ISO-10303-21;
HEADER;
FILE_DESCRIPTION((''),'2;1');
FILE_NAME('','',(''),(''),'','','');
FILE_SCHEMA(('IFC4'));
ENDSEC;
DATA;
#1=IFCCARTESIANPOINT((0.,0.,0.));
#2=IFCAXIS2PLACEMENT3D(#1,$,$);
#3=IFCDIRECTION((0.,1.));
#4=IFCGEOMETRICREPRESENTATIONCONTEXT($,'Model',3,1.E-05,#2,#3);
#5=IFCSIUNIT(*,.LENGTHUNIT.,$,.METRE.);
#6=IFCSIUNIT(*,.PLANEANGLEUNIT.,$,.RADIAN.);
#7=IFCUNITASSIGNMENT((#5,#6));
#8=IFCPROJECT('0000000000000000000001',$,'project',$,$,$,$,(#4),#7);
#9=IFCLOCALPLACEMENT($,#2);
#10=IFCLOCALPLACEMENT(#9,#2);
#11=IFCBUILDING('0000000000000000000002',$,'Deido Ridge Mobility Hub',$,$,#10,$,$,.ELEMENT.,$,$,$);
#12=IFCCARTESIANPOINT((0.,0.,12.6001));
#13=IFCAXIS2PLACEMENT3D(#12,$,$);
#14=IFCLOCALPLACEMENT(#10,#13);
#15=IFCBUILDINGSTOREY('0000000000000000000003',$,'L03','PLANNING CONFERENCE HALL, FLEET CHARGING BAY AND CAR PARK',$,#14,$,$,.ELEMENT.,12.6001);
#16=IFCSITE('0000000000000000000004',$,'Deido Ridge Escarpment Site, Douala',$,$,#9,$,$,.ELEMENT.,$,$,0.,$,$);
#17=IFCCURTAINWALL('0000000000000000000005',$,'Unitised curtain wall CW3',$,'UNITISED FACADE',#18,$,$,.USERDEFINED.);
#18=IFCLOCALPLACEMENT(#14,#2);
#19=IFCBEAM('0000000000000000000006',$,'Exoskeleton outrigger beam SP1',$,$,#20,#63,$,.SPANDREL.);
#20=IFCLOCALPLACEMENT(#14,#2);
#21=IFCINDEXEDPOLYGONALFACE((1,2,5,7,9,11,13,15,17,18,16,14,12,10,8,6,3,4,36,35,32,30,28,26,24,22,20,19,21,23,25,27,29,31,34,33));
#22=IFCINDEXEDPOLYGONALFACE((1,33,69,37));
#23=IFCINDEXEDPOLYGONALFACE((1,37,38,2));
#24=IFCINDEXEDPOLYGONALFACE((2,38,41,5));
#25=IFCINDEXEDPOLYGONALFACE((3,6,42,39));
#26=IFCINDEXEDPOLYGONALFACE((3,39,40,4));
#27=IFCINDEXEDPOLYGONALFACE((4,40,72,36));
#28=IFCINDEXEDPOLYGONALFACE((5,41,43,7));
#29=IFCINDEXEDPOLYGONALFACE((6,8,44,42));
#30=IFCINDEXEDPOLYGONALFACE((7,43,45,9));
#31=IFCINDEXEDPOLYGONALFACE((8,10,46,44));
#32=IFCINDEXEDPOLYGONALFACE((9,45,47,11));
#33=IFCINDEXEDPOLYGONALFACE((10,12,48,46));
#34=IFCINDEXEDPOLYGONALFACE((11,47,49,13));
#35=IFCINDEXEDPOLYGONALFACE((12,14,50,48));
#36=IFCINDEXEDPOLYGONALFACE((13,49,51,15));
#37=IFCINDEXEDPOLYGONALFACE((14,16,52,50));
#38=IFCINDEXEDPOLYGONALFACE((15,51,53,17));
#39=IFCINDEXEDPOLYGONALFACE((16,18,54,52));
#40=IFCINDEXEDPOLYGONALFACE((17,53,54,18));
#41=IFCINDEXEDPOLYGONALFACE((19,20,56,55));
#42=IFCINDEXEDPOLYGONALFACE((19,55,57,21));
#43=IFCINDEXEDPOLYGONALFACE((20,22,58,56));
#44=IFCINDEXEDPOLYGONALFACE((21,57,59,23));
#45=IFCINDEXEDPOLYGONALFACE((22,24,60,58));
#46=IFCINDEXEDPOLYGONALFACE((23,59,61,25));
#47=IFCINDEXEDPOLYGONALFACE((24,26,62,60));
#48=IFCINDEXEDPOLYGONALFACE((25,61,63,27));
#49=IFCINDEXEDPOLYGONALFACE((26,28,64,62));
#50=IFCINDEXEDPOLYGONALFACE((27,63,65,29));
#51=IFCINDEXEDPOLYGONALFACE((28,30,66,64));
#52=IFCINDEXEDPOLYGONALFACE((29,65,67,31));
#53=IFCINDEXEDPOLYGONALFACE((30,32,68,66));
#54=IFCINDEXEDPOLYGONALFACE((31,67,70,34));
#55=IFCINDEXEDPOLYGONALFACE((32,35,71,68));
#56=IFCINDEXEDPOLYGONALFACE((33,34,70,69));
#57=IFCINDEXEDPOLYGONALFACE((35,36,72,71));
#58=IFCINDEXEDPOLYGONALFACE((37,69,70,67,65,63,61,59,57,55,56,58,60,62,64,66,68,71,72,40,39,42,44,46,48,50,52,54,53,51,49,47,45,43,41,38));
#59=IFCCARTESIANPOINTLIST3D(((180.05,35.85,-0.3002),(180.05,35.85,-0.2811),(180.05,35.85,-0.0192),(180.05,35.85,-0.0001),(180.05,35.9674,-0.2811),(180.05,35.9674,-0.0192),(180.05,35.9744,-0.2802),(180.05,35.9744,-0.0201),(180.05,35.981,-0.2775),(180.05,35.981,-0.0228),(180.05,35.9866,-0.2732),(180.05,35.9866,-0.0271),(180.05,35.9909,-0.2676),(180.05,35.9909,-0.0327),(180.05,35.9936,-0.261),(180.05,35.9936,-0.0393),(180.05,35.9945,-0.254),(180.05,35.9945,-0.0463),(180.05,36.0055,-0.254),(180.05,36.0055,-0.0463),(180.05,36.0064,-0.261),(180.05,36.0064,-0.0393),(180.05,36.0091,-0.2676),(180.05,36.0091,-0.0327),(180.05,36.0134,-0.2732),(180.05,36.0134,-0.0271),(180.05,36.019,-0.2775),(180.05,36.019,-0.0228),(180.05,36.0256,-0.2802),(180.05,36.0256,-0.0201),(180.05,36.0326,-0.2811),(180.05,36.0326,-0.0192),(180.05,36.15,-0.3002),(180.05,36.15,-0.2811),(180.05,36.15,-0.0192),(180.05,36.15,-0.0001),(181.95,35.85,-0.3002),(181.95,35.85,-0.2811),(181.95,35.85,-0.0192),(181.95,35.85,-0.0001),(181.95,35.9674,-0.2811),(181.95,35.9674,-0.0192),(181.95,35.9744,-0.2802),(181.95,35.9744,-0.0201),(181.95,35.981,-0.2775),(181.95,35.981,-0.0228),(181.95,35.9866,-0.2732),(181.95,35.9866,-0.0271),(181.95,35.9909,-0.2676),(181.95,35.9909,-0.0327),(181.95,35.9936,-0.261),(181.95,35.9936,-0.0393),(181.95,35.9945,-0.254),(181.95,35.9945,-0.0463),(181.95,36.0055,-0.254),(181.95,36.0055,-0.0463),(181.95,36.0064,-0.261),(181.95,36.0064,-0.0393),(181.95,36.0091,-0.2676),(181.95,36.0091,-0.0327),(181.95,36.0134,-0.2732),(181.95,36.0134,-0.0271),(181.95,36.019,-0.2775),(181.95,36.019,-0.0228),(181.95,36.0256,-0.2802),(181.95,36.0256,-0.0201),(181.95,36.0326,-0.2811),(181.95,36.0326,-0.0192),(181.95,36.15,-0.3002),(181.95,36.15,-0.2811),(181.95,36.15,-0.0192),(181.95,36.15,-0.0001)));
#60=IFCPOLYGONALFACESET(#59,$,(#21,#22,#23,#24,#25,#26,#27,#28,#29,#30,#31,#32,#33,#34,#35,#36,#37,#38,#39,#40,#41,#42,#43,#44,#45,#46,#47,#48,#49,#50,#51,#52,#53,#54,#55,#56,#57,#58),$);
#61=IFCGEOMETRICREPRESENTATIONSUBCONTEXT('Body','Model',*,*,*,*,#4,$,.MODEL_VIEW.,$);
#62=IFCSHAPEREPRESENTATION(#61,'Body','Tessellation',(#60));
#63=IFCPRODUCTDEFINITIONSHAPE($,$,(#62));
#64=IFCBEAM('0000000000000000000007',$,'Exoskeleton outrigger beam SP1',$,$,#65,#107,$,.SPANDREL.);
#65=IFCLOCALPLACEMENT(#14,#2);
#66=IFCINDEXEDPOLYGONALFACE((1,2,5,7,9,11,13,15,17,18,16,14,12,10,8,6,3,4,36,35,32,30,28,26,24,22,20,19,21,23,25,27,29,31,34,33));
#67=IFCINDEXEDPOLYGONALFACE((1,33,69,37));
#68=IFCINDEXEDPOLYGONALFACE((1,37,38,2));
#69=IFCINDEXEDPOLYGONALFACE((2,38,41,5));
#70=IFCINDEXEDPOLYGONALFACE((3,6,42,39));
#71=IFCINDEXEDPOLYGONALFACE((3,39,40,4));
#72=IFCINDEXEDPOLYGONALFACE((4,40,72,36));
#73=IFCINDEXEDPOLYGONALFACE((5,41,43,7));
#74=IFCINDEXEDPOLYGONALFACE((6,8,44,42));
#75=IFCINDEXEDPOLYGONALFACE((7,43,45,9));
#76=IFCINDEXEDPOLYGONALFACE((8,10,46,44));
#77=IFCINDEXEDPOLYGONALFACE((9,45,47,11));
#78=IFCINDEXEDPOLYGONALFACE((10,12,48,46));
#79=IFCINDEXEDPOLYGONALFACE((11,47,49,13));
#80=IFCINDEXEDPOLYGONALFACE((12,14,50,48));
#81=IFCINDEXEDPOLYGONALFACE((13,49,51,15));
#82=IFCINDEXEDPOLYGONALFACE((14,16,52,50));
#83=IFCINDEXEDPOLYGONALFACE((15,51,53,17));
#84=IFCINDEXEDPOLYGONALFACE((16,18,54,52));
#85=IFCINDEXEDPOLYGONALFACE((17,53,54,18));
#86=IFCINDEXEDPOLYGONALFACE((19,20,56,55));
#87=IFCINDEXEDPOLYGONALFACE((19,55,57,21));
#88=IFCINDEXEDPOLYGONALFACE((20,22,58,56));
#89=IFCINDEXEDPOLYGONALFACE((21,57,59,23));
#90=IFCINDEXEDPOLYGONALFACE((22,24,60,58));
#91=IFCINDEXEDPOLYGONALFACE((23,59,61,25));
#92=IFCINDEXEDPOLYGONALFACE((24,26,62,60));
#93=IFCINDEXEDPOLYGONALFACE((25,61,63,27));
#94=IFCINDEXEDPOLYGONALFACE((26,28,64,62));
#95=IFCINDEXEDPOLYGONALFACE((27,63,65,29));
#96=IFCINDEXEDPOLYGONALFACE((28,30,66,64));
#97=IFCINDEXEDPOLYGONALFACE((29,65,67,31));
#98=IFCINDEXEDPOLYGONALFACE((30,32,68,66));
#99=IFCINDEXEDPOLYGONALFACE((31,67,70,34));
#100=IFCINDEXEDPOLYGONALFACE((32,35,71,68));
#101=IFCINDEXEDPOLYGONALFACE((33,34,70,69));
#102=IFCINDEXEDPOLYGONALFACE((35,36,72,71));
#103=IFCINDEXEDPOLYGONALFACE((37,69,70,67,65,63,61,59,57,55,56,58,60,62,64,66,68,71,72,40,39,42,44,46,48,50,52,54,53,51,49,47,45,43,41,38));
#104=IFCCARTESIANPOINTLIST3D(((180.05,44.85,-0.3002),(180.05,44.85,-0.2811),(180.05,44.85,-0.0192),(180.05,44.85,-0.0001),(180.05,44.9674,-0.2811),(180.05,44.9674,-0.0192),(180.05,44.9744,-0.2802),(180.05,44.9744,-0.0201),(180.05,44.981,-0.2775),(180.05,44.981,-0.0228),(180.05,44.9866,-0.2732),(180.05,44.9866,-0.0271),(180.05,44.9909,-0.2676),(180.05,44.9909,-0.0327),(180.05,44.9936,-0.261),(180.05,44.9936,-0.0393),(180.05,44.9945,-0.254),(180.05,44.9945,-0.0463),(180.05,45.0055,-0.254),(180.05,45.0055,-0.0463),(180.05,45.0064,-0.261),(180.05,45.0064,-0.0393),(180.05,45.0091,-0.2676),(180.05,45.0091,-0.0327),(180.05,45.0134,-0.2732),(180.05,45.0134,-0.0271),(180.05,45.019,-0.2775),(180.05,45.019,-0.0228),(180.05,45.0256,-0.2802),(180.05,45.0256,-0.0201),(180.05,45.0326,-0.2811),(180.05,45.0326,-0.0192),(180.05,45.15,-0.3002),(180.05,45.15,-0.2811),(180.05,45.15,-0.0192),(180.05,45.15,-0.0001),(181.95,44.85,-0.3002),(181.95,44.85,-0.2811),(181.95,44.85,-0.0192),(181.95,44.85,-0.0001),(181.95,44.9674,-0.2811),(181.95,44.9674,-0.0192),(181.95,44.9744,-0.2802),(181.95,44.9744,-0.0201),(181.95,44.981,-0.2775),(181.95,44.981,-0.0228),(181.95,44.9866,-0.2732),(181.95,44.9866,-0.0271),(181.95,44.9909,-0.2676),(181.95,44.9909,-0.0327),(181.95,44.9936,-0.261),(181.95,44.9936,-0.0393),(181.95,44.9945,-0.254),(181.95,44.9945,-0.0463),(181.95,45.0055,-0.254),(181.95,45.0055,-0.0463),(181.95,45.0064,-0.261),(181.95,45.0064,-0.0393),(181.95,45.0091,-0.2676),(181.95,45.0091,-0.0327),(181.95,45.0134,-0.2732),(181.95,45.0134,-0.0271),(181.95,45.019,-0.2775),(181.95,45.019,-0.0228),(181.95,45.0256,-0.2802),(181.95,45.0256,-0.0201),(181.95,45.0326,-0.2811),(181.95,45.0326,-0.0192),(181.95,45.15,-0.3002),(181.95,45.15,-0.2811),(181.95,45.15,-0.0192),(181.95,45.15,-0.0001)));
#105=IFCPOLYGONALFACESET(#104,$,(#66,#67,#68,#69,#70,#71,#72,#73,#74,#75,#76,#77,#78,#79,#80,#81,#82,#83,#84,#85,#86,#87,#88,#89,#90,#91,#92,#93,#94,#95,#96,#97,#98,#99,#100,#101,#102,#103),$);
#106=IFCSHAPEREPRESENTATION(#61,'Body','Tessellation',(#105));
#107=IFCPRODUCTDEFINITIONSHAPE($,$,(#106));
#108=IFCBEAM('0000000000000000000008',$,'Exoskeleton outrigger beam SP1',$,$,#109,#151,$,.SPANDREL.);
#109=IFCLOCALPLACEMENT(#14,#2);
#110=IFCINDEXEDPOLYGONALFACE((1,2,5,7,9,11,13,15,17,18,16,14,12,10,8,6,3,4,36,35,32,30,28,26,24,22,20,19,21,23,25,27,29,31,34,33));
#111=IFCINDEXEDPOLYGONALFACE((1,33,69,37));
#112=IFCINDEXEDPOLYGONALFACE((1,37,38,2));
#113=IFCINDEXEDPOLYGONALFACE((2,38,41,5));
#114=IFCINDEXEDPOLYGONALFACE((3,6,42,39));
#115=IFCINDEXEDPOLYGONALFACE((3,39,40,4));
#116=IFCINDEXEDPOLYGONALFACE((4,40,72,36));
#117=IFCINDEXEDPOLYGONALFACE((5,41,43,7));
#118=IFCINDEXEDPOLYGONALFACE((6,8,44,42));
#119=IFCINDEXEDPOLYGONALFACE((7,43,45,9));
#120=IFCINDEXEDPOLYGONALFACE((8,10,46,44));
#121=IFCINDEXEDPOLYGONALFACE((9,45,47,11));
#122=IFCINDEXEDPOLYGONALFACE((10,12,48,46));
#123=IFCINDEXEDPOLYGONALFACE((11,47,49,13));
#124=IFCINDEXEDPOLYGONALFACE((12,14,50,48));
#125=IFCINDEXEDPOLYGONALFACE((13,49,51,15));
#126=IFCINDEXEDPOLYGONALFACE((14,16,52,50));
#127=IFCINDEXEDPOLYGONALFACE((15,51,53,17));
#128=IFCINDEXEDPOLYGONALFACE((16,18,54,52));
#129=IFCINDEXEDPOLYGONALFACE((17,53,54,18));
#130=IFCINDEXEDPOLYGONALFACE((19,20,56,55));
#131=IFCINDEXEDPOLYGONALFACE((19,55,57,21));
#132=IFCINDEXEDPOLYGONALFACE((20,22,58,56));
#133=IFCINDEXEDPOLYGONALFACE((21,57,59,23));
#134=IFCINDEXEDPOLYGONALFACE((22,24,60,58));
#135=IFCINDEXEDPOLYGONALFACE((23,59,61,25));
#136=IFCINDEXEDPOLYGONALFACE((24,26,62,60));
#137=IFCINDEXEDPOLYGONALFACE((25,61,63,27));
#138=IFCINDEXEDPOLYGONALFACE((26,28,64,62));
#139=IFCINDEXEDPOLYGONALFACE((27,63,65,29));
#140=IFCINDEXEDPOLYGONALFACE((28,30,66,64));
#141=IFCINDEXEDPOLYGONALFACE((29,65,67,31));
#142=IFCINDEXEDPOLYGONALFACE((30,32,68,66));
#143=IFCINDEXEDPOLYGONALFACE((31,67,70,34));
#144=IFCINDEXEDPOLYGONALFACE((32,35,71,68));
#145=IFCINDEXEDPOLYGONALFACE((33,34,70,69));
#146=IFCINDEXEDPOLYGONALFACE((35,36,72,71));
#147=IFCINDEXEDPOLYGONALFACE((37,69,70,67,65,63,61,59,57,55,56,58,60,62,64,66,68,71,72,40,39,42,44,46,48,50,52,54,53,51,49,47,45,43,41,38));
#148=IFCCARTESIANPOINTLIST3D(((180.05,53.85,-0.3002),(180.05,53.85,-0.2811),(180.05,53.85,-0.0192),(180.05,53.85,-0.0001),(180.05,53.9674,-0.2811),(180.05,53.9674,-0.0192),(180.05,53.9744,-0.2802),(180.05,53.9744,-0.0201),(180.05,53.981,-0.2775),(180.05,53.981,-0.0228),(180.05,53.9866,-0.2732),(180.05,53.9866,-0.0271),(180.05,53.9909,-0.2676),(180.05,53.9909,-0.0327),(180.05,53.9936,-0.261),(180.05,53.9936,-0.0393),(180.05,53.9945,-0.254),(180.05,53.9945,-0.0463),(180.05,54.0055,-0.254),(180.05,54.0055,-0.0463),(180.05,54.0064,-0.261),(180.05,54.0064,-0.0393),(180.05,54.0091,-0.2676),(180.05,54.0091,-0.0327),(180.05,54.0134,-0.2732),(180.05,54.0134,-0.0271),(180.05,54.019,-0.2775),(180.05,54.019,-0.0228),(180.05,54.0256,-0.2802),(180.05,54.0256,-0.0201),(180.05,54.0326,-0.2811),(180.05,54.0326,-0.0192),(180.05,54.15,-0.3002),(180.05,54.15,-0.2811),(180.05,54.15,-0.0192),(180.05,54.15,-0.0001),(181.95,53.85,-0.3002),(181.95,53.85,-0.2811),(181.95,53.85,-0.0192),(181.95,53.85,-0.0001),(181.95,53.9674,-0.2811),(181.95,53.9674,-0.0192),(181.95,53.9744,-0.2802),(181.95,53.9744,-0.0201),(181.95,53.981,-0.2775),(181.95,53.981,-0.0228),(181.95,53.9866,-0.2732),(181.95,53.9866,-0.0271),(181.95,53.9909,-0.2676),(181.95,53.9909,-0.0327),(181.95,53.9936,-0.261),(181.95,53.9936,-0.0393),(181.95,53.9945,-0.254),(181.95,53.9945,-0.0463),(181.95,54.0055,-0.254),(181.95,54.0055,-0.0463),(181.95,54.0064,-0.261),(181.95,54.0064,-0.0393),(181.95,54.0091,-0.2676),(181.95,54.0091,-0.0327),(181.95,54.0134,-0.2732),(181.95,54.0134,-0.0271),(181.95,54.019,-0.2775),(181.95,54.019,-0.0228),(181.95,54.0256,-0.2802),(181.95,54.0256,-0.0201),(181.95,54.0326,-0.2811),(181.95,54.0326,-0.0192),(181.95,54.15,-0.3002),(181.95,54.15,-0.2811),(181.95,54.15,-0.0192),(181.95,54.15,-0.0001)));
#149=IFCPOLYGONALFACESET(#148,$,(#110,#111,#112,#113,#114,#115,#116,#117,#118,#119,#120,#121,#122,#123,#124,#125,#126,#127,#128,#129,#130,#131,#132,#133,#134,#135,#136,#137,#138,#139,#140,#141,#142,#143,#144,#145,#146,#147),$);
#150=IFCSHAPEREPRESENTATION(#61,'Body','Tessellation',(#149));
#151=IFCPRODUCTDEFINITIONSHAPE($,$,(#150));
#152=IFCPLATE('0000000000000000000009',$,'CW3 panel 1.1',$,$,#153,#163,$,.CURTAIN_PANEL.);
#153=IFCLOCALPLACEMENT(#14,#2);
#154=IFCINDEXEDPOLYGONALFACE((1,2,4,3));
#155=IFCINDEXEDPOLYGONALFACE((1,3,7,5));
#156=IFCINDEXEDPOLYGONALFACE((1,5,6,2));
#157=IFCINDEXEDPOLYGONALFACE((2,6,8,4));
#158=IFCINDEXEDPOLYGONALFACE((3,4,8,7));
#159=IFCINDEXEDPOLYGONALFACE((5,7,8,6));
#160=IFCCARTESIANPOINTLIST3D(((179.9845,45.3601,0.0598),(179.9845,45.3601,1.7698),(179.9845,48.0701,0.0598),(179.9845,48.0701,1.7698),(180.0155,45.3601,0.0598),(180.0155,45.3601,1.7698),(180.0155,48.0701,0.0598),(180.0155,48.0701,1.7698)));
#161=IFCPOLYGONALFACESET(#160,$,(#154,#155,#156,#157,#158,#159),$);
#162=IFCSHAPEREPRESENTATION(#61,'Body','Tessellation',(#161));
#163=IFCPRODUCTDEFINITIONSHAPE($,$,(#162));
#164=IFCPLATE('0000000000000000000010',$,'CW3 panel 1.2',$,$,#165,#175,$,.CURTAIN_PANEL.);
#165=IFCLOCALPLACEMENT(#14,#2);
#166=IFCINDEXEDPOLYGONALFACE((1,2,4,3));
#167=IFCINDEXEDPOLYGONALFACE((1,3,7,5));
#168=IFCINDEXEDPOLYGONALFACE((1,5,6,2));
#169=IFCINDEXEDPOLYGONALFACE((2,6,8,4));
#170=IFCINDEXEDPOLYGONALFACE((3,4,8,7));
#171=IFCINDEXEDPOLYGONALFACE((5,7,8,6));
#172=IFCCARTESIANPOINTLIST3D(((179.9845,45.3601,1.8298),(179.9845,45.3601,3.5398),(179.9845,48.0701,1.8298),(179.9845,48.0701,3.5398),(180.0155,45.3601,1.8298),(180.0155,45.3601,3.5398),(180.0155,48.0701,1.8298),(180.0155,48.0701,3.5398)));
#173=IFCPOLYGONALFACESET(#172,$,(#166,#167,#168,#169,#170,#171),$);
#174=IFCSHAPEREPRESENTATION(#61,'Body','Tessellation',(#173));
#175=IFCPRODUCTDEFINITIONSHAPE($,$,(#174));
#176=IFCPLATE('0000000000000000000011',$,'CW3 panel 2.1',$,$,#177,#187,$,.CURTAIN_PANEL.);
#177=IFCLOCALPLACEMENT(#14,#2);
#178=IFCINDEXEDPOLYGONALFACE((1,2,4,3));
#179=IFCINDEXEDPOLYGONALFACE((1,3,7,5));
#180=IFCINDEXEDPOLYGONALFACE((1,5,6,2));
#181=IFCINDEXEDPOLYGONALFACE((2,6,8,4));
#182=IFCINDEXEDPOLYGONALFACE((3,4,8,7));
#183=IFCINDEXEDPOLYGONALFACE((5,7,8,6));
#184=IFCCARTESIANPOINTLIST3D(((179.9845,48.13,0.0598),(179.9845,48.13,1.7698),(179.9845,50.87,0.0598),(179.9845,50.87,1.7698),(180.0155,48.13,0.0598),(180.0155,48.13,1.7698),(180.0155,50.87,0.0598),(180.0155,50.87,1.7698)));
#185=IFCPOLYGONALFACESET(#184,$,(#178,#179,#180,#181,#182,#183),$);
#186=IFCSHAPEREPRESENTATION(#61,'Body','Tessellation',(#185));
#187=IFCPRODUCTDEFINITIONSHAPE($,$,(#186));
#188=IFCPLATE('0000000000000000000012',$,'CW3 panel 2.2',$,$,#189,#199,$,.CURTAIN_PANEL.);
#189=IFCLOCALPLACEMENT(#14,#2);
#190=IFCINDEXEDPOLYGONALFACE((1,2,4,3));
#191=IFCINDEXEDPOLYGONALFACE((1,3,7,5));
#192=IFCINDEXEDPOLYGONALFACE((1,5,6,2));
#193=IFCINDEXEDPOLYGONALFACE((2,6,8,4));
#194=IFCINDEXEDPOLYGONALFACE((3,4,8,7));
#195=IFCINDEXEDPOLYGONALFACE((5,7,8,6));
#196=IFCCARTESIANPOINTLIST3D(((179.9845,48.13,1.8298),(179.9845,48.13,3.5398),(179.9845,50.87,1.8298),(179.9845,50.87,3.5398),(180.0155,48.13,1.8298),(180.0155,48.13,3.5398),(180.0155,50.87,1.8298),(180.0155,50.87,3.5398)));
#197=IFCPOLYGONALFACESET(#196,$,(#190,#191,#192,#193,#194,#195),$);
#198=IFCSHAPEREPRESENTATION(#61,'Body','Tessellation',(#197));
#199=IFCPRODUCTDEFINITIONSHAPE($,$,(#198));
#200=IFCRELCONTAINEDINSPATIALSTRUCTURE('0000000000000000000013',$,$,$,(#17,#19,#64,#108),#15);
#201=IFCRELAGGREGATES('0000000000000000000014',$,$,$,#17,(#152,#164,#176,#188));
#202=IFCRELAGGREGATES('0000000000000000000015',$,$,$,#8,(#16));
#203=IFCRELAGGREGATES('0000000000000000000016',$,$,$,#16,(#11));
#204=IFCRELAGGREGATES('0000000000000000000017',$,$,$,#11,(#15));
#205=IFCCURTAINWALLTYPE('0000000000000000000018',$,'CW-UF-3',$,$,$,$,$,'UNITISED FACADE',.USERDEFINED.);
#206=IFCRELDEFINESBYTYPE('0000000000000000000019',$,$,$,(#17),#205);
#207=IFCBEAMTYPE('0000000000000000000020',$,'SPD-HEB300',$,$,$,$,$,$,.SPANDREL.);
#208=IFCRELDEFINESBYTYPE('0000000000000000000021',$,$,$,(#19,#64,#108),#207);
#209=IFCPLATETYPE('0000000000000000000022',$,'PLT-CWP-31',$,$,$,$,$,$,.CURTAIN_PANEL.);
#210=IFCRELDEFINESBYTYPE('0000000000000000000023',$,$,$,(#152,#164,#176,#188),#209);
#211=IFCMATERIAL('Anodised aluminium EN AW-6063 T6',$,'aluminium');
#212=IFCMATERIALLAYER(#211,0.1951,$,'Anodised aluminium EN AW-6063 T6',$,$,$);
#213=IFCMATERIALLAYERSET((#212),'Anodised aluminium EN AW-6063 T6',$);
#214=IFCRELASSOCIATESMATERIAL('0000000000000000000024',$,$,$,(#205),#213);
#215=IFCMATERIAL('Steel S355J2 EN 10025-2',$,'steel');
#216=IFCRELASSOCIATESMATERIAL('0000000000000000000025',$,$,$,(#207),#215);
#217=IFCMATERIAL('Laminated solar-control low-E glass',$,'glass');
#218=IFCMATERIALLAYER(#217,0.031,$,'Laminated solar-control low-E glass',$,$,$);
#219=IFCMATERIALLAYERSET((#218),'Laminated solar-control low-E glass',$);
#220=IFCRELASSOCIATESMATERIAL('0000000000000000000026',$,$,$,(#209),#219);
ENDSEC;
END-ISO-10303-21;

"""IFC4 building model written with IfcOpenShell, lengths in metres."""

from ifc_helpers import new_model, si_unit, direction, frame, origin, origin_2d, place, context, subcontext, project, spatial, rectangle, i_section, extrude, material, layer, layer_set, material_profile, profile_set, type_object, element, aggregate, save


model = new_model("IFC4")

# Units and contexts
model_context = context("Model", 3, precision=1e-05, world=origin(), true_north=direction((0.0, 1.0)))
body_context = subcontext(model_context, "Body", "Model", "MODEL_VIEW")
ifc_project = project(units=[si_unit("LENGTHUNIT", "METRE"), si_unit("PLANEANGLEUNIT", "RADIAN")], contexts=[model_context])

# Site, building, storey
site_placement = place(None, origin())
site = spatial("IfcSite", under=ifc_project, at=site_placement, Name="Deido Ridge Escarpment Site, Douala", CompositionType="ELEMENT", RefElevation=0.0)
building_placement = place(site_placement, origin())
building = spatial("IfcBuilding", under=site, at=building_placement, Name="Deido Ridge Mobility Hub", CompositionType="ELEMENT")
storey_placement = place(building_placement, frame((0.0, 0.0, 12.6001)))
storey = spatial("IfcBuildingStorey", under=building, at=storey_placement, Name="L03", Description="PLANNING CONFERENCE HALL, FLEET CHARGING BAY AND CAR PARK", CompositionType="ELEMENT", Elevation=12.6001)

# Shared definitions
ifc_material_1 = material(Name="Steel S355J2 EN 10025-2", Category="steel")

# Curtain wall
ifc_material_2 = material(Name="Anodised aluminium EN AW-6063 T6", Category="aluminium")
ifc_layer_1 = layer(ifc_material_2, 0.1951, Name="Anodised aluminium EN AW-6063 T6")
ifc_layer_set_1 = layer_set([ifc_layer_1], Name="Anodised aluminium EN AW-6063 T6")
curtain_wall_type = type_object("IfcCurtainWallType", Name="CW-UF-3", ElementType="UNITISED FACADE", PredefinedType="USERDEFINED", material=ifc_layer_set_1)
curtain_wall_placement = place(storey_placement, origin())
curtain_wall = element("IfcCurtainWall", 1, at=curtain_wall_placement, inside=storey, type_object=curtain_wall_type, Name="Unitised curtain wall CW3", ObjectType="UNITISED FACADE", PredefinedType="USERDEFINED")

# Beams
ifc_material_profile_1 = material_profile(ifc_material_1, i_section(OverallWidth=0.3, OverallDepth=0.3, WebThickness=0.011, FlangeThickness=0.019, FilletRadius=0.0271, at=origin_2d()), Name="HEB 300")
ifc_profile_set_1 = profile_set([ifc_material_profile_1], Name="Steel S355J2 EN 10025-2")
beam_type = type_object("IfcBeamType", Name="SPD-HEB300", PredefinedType="SPANDREL", material=ifc_profile_set_1)
for number, where, z_axis, x_axis, name in (
    (2, (180.05, 36.0, -0.1501), (1.0, 0.0, 0.0), (0.0, 1.0, 0.0), "Exoskeleton outrigger beam SP1"),
    (3, (180.05, 45.0, -0.1501), (1.0, 0.0, 0.0), (0.0, 1.0, 0.0), "Exoskeleton outrigger beam SP1"),
    (4, (180.05, 54.0, -0.1501), (1.0, 0.0, 0.0), (0.0, 1.0, 0.0), "Exoskeleton outrigger beam SP1"),
):
    element("IfcBeam", number, at=place(storey_placement, frame(where, z_axis=z_axis, x_axis=x_axis)), inside=storey, type_object=beam_type, Name=name, PredefinedType="SPANDREL", context=body_context, shape_type="SweptSolid", body=[
        extrude(i_section(OverallWidth=0.3, OverallDepth=0.3, WebThickness=0.011, FlangeThickness=0.019, FilletRadius=0.0271, at=origin_2d()), origin(), (0.0, 0.0, 1.0), 1.8999),
    ])

# Plates
ifc_material_3 = material(Name="Laminated solar-control low-E glass", Category="glass")
ifc_layer_2 = layer(ifc_material_3, 0.031, Name="Laminated solar-control low-E glass")
ifc_layer_set_2 = layer_set([ifc_layer_2], Name="Laminated solar-control low-E glass")
plate_type = type_object("IfcPlateType", Name="PLT-CWP-31", PredefinedType="CURTAIN_PANEL", material=ifc_layer_set_2)
plate_1_placement = place(storey_placement, frame((180.0, 46.7151, 0.0598), z_axis=(0.0, 0.0, 1.0), x_axis=(0.0, 1.0, 0.0)))
plate_1 = element("IfcPlate", 5, at=plate_1_placement, type_object=plate_type, Name="CW3 panel 1.1", PredefinedType="CURTAIN_PANEL", context=body_context, shape_type="SweptSolid", body=[
    extrude(rectangle(XDim=2.71, YDim=0.031, at=origin_2d()), origin(), (0.0, 0.0, 1.0), 1.71),
])
plate_2_placement = place(storey_placement, frame((180.0, 46.7151, 1.8298), z_axis=(0.0, 0.0, 1.0), x_axis=(0.0, 1.0, 0.0)))
plate_2 = element("IfcPlate", 6, at=plate_2_placement, type_object=plate_type, Name="CW3 panel 1.2", PredefinedType="CURTAIN_PANEL", context=body_context, shape_type="SweptSolid", body=[
    extrude(rectangle(XDim=2.71, YDim=0.031, at=origin_2d()), origin(), (0.0, 0.0, 1.0), 1.71),
])
plate_3_placement = place(storey_placement, frame((180.0, 49.5, 0.0598), z_axis=(0.0, 0.0, 1.0), x_axis=(0.0, 1.0, 0.0)))
plate_3 = element("IfcPlate", 7, at=plate_3_placement, type_object=plate_type, Name="CW3 panel 2.1", PredefinedType="CURTAIN_PANEL", context=body_context, shape_type="SweptSolid", body=[
    extrude(rectangle(XDim=2.74, YDim=0.031, at=origin_2d()), origin(), (0.0, 0.0, 1.0), 1.71),
])
plate_4_placement = place(storey_placement, frame((180.0, 49.5, 1.8298), z_axis=(0.0, 0.0, 1.0), x_axis=(0.0, 1.0, 0.0)))
plate_4 = element("IfcPlate", 8, at=plate_4_placement, type_object=plate_type, Name="CW3 panel 2.2", PredefinedType="CURTAIN_PANEL", context=body_context, shape_type="SweptSolid", body=[
    extrude(rectangle(XDim=2.74, YDim=0.031, at=origin_2d()), origin(), (0.0, 0.0, 1.0), 1.71),
])
aggregate(curtain_wall, [plate_1, plate_2, plate_3, plate_4])

save(model, "model.ifc")
